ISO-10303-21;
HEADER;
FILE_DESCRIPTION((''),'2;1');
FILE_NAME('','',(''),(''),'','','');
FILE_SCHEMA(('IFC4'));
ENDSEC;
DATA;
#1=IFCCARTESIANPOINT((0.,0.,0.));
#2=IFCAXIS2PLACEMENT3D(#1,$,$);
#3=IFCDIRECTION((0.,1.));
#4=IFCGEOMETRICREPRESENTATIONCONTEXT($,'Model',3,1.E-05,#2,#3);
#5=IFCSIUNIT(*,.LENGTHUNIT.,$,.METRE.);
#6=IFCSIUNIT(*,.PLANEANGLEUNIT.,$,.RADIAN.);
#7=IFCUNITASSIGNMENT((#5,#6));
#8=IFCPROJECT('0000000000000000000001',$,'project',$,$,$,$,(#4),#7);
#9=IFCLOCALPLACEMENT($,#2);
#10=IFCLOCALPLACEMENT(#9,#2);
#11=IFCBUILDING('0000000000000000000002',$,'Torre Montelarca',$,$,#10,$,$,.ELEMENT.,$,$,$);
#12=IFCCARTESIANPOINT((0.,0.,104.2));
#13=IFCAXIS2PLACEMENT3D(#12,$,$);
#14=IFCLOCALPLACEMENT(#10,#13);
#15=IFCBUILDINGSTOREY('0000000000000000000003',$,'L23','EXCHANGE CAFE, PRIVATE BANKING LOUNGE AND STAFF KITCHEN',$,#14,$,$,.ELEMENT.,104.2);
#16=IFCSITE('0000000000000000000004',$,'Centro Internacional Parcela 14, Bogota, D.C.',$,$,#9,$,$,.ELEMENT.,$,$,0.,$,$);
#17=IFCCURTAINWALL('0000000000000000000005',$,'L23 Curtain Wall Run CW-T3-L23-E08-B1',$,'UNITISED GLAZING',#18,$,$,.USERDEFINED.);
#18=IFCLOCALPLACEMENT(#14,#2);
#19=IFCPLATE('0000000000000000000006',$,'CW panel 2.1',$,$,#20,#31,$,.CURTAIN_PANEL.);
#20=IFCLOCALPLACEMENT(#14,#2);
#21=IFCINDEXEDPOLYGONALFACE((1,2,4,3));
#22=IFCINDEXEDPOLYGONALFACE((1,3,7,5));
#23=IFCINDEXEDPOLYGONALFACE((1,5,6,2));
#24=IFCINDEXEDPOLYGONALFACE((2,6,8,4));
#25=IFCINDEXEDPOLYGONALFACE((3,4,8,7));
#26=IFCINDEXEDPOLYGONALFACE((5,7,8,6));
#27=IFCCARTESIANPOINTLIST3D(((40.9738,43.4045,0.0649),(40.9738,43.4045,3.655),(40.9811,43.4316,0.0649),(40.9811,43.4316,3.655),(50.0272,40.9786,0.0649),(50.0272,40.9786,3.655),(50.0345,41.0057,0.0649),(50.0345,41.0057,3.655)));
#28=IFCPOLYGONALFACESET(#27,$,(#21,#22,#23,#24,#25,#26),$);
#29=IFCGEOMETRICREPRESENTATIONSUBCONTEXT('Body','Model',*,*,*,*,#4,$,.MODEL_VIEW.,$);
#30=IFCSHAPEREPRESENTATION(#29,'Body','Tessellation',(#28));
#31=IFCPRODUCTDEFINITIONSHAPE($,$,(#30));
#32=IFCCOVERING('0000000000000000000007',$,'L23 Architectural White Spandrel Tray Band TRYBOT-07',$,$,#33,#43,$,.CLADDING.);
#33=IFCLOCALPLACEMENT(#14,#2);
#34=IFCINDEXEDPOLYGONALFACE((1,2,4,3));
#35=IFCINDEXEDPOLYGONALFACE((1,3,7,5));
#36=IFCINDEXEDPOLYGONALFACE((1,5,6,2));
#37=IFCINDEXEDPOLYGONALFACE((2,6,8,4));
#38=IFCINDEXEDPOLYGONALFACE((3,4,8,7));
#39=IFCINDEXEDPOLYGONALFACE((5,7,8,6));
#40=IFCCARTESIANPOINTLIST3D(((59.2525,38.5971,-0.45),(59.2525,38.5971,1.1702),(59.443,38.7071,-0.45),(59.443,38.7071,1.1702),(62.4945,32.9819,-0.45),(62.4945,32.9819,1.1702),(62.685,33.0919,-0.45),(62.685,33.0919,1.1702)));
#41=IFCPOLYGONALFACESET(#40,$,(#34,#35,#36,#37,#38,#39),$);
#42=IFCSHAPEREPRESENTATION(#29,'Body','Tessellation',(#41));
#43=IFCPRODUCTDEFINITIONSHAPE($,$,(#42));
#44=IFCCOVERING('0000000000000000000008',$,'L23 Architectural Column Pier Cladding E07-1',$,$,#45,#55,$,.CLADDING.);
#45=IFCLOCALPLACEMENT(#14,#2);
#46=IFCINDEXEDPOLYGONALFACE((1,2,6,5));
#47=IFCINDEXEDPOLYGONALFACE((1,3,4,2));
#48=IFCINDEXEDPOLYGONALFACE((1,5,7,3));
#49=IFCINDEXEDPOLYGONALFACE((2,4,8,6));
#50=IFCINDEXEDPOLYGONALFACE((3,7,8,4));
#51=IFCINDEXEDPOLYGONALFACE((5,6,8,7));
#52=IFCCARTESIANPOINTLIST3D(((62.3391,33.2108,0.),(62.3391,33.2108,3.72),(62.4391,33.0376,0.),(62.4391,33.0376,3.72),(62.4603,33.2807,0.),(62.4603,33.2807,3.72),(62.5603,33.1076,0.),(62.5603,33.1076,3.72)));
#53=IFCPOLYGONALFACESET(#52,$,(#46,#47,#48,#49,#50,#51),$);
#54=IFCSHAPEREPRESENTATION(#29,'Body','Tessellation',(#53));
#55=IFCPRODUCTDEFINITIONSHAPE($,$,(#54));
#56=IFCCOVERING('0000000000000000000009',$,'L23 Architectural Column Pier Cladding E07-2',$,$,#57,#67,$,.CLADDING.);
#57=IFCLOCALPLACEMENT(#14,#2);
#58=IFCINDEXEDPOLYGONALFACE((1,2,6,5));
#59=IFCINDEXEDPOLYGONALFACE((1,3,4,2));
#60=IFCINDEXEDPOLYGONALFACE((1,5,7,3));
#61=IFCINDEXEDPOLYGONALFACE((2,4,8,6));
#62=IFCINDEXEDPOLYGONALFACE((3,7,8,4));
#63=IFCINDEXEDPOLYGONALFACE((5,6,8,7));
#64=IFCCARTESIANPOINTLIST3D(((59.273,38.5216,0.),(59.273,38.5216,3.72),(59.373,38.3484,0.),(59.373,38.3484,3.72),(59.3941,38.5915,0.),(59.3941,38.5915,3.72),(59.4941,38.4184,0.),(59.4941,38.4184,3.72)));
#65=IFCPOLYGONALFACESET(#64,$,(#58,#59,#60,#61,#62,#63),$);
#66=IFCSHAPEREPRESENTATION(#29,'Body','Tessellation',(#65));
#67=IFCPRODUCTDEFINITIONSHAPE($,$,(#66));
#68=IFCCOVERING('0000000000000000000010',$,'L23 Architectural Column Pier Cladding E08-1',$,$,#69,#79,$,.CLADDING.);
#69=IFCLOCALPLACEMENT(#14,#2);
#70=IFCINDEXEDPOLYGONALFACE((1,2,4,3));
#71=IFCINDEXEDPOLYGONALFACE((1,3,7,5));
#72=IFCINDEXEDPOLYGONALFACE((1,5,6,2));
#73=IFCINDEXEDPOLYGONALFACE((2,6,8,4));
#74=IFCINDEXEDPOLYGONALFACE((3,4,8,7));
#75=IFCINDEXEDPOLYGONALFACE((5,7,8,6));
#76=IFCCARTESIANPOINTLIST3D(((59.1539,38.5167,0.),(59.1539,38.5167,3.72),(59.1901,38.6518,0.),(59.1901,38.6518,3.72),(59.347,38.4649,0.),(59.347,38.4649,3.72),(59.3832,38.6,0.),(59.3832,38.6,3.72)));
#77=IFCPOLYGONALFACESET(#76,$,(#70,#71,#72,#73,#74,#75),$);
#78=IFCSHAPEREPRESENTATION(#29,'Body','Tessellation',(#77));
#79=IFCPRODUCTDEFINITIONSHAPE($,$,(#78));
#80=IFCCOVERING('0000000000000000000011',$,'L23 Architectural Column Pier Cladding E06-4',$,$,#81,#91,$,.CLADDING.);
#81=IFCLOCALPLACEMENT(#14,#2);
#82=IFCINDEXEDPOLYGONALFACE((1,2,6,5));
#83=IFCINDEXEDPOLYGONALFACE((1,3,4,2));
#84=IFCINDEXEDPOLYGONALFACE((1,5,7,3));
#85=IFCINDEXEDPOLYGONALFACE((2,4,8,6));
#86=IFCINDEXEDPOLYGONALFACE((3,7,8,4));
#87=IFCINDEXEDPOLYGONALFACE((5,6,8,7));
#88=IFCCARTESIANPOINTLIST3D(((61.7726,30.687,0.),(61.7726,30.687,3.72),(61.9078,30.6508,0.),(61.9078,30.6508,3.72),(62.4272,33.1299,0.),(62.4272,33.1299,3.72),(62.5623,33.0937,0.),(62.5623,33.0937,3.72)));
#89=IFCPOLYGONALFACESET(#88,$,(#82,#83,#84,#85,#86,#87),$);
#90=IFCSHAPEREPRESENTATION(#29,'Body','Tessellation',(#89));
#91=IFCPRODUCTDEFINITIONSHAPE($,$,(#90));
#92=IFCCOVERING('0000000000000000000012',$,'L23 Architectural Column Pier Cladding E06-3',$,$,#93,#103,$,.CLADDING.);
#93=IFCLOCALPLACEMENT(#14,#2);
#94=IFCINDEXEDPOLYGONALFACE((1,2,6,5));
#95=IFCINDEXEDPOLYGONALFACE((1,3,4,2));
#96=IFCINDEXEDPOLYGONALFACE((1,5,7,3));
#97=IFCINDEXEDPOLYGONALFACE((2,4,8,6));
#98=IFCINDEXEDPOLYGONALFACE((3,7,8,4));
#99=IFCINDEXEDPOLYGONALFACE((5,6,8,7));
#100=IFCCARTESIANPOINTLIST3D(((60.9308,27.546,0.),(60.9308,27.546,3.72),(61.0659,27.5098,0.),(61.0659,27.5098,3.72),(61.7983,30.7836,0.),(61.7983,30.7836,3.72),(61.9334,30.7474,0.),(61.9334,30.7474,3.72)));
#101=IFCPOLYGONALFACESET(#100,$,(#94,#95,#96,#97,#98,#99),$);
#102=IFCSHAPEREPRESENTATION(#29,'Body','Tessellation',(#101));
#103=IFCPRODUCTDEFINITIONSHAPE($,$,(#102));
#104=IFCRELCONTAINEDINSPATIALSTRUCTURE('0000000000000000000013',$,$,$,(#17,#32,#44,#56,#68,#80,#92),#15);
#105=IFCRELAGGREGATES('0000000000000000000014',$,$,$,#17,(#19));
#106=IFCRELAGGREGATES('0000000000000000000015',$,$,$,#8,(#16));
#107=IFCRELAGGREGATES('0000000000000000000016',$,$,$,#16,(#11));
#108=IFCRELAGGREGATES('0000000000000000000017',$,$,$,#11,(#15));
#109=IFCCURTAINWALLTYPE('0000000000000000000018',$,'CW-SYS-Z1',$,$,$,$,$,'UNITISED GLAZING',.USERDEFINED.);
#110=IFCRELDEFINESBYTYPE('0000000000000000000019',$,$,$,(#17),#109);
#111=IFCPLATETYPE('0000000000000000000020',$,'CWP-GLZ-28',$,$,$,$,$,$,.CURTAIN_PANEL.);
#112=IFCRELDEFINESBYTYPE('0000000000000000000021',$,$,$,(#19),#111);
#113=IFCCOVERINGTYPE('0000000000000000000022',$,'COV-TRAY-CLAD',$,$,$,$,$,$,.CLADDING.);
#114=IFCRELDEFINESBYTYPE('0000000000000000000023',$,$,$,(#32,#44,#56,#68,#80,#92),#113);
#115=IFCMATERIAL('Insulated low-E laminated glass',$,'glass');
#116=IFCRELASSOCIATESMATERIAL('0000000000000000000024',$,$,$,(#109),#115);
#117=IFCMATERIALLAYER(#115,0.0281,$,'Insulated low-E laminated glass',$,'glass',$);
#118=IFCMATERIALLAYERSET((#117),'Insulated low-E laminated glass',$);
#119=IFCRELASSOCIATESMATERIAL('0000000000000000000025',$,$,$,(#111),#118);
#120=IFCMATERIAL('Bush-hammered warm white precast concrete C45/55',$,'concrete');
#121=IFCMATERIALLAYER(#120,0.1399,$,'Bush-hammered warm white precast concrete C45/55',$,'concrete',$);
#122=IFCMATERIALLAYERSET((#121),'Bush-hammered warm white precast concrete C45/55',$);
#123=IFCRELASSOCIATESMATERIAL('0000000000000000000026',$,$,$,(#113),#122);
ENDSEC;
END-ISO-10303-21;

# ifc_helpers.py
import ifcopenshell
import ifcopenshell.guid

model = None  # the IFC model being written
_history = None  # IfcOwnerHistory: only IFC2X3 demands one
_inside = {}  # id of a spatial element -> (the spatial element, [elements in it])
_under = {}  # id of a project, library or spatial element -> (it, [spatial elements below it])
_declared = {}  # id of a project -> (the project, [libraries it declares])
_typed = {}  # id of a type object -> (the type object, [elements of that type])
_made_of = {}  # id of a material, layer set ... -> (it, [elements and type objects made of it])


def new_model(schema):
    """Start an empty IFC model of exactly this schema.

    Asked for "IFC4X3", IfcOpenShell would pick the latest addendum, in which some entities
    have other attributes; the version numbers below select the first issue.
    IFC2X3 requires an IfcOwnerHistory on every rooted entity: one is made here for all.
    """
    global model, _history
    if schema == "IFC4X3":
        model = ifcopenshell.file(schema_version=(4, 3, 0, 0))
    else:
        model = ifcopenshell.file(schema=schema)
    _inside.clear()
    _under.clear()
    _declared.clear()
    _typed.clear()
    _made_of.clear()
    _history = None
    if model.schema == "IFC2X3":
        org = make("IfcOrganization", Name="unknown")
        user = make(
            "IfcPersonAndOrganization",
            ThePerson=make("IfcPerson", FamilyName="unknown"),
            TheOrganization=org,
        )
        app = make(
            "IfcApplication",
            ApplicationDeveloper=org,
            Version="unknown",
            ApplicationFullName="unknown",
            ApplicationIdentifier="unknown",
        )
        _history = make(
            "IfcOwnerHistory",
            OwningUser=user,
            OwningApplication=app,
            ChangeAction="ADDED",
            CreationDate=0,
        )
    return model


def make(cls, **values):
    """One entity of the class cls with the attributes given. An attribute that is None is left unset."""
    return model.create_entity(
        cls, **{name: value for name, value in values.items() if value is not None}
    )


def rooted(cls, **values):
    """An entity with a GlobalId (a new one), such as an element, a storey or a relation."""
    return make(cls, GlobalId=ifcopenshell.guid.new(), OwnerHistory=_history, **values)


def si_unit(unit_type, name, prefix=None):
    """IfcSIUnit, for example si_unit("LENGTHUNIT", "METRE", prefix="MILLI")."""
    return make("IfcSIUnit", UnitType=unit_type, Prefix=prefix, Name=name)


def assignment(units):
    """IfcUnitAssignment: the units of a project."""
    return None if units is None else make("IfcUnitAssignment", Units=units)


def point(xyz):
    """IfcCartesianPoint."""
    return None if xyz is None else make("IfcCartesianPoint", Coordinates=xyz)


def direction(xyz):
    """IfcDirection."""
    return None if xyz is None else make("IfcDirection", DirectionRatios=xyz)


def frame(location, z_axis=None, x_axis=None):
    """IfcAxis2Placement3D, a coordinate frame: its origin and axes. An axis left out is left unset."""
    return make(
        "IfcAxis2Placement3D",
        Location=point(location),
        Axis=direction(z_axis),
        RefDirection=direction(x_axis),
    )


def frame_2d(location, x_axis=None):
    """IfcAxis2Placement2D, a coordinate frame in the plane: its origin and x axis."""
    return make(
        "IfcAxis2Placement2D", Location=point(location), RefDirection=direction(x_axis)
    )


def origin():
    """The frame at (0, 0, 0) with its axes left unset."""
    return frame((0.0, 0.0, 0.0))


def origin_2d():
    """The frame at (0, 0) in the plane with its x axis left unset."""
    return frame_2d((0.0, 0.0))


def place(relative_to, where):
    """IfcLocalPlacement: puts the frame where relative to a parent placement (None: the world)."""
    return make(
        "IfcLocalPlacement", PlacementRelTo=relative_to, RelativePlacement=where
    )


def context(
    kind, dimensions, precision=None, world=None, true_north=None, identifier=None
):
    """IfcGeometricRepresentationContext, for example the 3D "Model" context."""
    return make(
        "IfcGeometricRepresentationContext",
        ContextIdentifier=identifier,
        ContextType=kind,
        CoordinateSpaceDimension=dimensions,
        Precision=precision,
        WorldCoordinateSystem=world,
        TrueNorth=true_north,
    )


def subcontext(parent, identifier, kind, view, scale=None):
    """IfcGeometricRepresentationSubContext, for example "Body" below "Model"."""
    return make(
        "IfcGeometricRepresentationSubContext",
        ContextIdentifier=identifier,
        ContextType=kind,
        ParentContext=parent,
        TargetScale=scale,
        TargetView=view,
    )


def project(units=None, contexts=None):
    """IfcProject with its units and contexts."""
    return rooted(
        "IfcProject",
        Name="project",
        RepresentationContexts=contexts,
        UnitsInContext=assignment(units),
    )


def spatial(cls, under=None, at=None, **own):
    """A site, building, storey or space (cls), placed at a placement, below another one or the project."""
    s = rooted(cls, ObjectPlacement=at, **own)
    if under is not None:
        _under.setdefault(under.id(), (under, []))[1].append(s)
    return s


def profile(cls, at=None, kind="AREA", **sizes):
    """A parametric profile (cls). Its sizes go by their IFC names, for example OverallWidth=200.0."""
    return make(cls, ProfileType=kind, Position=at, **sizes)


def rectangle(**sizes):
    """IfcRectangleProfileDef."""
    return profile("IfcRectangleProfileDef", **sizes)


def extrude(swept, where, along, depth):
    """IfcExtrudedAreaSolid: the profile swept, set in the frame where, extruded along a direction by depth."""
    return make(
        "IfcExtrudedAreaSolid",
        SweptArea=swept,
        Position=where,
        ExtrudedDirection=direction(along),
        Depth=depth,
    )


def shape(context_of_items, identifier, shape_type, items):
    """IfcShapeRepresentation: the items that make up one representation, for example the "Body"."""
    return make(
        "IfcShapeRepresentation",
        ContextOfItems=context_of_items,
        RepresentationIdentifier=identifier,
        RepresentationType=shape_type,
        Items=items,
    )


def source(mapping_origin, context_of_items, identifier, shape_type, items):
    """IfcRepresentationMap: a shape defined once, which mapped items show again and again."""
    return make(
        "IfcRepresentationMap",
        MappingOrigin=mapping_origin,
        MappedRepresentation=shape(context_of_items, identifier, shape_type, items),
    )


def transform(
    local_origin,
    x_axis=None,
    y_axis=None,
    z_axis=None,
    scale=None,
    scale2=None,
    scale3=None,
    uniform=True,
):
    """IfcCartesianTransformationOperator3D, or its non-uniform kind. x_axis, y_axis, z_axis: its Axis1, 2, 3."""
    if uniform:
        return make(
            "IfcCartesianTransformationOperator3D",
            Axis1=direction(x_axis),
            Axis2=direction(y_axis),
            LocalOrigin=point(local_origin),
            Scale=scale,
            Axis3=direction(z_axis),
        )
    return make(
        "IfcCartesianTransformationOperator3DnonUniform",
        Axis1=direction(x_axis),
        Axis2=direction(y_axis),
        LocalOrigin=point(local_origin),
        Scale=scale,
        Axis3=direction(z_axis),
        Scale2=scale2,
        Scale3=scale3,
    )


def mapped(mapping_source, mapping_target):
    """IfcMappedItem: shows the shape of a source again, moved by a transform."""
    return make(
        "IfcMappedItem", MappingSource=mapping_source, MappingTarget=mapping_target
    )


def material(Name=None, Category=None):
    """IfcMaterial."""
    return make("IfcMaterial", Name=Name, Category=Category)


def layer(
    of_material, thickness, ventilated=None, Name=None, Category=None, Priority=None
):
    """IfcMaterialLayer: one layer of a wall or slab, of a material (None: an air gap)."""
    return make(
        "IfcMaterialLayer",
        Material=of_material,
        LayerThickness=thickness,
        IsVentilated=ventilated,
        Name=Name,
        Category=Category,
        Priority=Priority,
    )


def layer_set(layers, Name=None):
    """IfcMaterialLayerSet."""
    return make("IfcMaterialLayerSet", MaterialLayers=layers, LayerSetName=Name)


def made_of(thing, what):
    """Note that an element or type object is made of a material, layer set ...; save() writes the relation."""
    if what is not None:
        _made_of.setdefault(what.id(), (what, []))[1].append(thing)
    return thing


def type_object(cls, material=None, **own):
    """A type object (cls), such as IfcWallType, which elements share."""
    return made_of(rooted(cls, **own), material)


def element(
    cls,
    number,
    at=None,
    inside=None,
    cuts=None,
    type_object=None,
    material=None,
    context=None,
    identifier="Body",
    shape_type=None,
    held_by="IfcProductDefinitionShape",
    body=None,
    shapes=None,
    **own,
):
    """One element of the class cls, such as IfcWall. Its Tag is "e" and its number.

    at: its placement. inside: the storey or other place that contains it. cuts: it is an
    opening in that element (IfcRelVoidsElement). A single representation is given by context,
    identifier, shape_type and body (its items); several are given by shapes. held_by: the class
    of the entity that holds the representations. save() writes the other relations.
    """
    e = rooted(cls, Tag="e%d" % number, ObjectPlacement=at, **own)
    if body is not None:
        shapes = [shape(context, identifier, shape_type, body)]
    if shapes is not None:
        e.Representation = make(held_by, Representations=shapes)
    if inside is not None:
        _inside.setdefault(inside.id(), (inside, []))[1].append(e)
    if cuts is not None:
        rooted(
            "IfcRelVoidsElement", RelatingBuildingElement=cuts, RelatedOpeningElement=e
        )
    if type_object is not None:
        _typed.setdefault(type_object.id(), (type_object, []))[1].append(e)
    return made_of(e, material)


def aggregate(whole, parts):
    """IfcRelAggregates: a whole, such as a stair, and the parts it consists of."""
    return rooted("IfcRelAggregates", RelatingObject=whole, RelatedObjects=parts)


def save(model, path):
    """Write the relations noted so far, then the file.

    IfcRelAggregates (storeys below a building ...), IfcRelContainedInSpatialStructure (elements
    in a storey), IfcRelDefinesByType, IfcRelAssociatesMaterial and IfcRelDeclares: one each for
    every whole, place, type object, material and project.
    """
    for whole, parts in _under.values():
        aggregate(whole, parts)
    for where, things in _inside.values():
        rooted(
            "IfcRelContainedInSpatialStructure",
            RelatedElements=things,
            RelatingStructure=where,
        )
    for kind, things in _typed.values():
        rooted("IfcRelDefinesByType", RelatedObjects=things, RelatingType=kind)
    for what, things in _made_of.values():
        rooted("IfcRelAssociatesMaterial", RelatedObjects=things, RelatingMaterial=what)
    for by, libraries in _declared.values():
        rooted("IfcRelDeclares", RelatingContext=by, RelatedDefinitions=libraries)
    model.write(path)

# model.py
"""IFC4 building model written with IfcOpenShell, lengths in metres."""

from ifc_helpers import new_model, si_unit, direction, frame, origin, origin_2d, place, context, subcontext, project, spatial, rectangle, extrude, source, transform, mapped, material, layer, layer_set, type_object, element, aggregate, save


model = new_model("IFC4")

# Units and contexts
model_context = context("Model", 3, precision=1e-05, world=origin(), true_north=direction((0.0, 1.0)))
body_context = subcontext(model_context, "Body", "Model", "MODEL_VIEW")
ifc_project = project(units=[si_unit("LENGTHUNIT", "METRE"), si_unit("PLANEANGLEUNIT", "RADIAN")], contexts=[model_context])

# Site, building, storey
site_placement = place(None, origin())
site = spatial("IfcSite", under=ifc_project, at=site_placement, Name="Centro Internacional Parcela 14, Bogota, D.C.", CompositionType="ELEMENT", RefElevation=0.0)
building_placement = place(site_placement, origin())
building = spatial("IfcBuilding", under=site, at=building_placement, Name="Torre Montelarca", CompositionType="ELEMENT")
storey_placement = place(building_placement, frame((0.0, 0.0, 104.2)))
storey = spatial("IfcBuildingStorey", under=building, at=storey_placement, Name="L23", Description="EXCHANGE CAFE, PRIVATE BANKING LOUNGE AND STAFF KITCHEN", CompositionType="ELEMENT", Elevation=104.2)

# Curtain wall
ifc_material_1 = material(Name="Insulated low-E laminated glass", Category="glass")
curtain_wall_type = type_object("IfcCurtainWallType", Name="CW-SYS-Z1", ElementType="UNITISED GLAZING", PredefinedType="USERDEFINED", material=ifc_material_1)
curtain_wall_1_placement = place(storey_placement, origin())
curtain_wall_1 = element("IfcCurtainWall", 1, at=curtain_wall_1_placement, inside=storey, type_object=curtain_wall_type, Name="L23 Curtain Wall Run CW-T3-L23-E08-B1", ObjectType="UNITISED GLAZING", PredefinedType="USERDEFINED")

# Plate
ifc_layer_1 = layer(ifc_material_1, 0.0281, Name="Insulated low-E laminated glass", Category="glass")
ifc_layer_set_1 = layer_set([ifc_layer_1], Name="Insulated low-E laminated glass")
plate_type = type_object("IfcPlateType", Name="CWP-GLZ-28", PredefinedType="CURTAIN_PANEL", material=ifc_layer_set_1)
shared_shape_1 = source(origin(), body_context, "Body", "SweptSolid", [
    extrude(rectangle(XDim=9.3728, YDim=0.0281, at=origin_2d()), origin(), (0.0, 0.0, 1.0), 3.5901),
])
plate_1_placement = place(storey_placement, frame((45.5042, 42.2051, 0.0649), z_axis=(0.0, 0.0, 1.0), x_axis=(-0.965926, 0.25882, 0.0)))
plate_1 = element("IfcPlate", 2, at=plate_1_placement, type_object=plate_type, Name="CW panel 2.1", PredefinedType="CURTAIN_PANEL", context=body_context, shape_type="MappedRepresentation", body=[
    mapped(shared_shape_1, transform((0.0, 0.0, 0.0), scale=1.0)),
])
aggregate(curtain_wall_1, [plate_1])

# Coverings
ifc_material_2 = material(Name="Bush-hammered warm white precast concrete C45/55", Category="concrete")
ifc_layer_2 = layer(ifc_material_2, 0.1399, Name="Bush-hammered warm white precast concrete C45/55", Category="concrete")
ifc_layer_set_2 = layer_set([ifc_layer_2], Name="Bush-hammered warm white precast concrete C45/55")
covering_type = type_object("IfcCoveringType", Name="COV-TRAY-CLAD", PredefinedType="CLADDING", material=ifc_layer_set_2)
shared_shape_2 = source(origin(), body_context, "Body", "SweptSolid", [
    extrude(rectangle(XDim=6.4839, YDim=0.22, at=origin_2d()), origin(), (0.0, 0.0, 1.0), 1.6201),
])
covering_1_placement = place(storey_placement, frame((60.9688, 35.8445, -0.45), z_axis=(0.0, 0.0, 1.0), x_axis=(-0.500006, 0.866022, 0.0)))
element("IfcCovering", 3, at=covering_1_placement, inside=storey, type_object=covering_type, Name="L23 Architectural White Spandrel Tray Band TRYBOT-07", PredefinedType="CLADDING", context=body_context, shape_type="MappedRepresentation", body=[
    mapped(shared_shape_2, transform((0.0, 0.0, 0.0), scale=1.0)),
])
shared_shape_3 = source(origin(), body_context, "Body", "SweptSolid", [
    extrude(rectangle(XDim=0.2, YDim=0.1399, at=origin_2d()), origin(), (0.0, 0.0, 1.0), 3.72),
])
for number, where, z_axis, x_axis, name in (
    (4, (62.4497, 33.1592, 0.0), (0.0, 0.0, 1.0), (-0.500008, 0.866021, 0.0), "L23 Architectural Column Pier Cladding E07-1"),
    (5, (59.3835, 38.47, 0.0), (0.0, 0.0, 1.0), (-0.500008, 0.866021, 0.0), "L23 Architectural Column Pier Cladding E07-2"),
    (6, (59.2686, 38.5583, 0.0), (0.0, 0.0, 1.0), (-0.965925, 0.258821, 0.0), "L23 Architectural Column Pier Cladding E08-1"),
):
    element("IfcCovering", number, at=place(storey_placement, frame(where, z_axis=z_axis, x_axis=x_axis)), inside=storey, type_object=covering_type, Name=name, PredefinedType="CLADDING", context=body_context, shape_type="MappedRepresentation", body=[
        mapped(shared_shape_3, transform((0.0, 0.0, 0.0), scale=1.0)),
    ])
shared_shape_4 = source(origin(), body_context, "Body", "SweptSolid", [
    extrude(rectangle(XDim=2.5291, YDim=0.1399, at=origin_2d()), origin(), (0.0, 0.0, 1.0), 3.72),
])
covering_2_placement = place(storey_placement, frame((62.1675, 31.8904, 0.0), z_axis=(0.0, 0.0, 1.0), x_axis=(0.258819, 0.965926, 0.0)))
element("IfcCovering", 7, at=covering_2_placement, inside=storey, type_object=covering_type, Name="L23 Architectural Column Pier Cladding E06-4", PredefinedType="CLADDING", context=body_context, shape_type="MappedRepresentation", body=[
    mapped(shared_shape_4, transform((0.0, 0.0, 0.0), scale=1.0)),
])
shared_shape_5 = source(origin(), body_context, "Body", "SweptSolid", [
    extrude(rectangle(XDim=3.3518, YDim=0.1399, at=origin_2d()), origin(), (0.0, 0.0, 1.0), 3.72),
])
covering_3_placement = place(storey_placement, frame((61.4321, 29.1467, 0.0), z_axis=(0.0, 0.0, 1.0), x_axis=(0.258819, 0.965926, 0.0)))
element("IfcCovering", 8, at=covering_3_placement, inside=storey, type_object=covering_type, Name="L23 Architectural Column Pier Cladding E06-3", PredefinedType="CLADDING", context=body_context, shape_type="MappedRepresentation", body=[
    mapped(shared_shape_5, transform((0.0, 0.0, 0.0), scale=1.0)),
])

save(model, "model.ifc")
